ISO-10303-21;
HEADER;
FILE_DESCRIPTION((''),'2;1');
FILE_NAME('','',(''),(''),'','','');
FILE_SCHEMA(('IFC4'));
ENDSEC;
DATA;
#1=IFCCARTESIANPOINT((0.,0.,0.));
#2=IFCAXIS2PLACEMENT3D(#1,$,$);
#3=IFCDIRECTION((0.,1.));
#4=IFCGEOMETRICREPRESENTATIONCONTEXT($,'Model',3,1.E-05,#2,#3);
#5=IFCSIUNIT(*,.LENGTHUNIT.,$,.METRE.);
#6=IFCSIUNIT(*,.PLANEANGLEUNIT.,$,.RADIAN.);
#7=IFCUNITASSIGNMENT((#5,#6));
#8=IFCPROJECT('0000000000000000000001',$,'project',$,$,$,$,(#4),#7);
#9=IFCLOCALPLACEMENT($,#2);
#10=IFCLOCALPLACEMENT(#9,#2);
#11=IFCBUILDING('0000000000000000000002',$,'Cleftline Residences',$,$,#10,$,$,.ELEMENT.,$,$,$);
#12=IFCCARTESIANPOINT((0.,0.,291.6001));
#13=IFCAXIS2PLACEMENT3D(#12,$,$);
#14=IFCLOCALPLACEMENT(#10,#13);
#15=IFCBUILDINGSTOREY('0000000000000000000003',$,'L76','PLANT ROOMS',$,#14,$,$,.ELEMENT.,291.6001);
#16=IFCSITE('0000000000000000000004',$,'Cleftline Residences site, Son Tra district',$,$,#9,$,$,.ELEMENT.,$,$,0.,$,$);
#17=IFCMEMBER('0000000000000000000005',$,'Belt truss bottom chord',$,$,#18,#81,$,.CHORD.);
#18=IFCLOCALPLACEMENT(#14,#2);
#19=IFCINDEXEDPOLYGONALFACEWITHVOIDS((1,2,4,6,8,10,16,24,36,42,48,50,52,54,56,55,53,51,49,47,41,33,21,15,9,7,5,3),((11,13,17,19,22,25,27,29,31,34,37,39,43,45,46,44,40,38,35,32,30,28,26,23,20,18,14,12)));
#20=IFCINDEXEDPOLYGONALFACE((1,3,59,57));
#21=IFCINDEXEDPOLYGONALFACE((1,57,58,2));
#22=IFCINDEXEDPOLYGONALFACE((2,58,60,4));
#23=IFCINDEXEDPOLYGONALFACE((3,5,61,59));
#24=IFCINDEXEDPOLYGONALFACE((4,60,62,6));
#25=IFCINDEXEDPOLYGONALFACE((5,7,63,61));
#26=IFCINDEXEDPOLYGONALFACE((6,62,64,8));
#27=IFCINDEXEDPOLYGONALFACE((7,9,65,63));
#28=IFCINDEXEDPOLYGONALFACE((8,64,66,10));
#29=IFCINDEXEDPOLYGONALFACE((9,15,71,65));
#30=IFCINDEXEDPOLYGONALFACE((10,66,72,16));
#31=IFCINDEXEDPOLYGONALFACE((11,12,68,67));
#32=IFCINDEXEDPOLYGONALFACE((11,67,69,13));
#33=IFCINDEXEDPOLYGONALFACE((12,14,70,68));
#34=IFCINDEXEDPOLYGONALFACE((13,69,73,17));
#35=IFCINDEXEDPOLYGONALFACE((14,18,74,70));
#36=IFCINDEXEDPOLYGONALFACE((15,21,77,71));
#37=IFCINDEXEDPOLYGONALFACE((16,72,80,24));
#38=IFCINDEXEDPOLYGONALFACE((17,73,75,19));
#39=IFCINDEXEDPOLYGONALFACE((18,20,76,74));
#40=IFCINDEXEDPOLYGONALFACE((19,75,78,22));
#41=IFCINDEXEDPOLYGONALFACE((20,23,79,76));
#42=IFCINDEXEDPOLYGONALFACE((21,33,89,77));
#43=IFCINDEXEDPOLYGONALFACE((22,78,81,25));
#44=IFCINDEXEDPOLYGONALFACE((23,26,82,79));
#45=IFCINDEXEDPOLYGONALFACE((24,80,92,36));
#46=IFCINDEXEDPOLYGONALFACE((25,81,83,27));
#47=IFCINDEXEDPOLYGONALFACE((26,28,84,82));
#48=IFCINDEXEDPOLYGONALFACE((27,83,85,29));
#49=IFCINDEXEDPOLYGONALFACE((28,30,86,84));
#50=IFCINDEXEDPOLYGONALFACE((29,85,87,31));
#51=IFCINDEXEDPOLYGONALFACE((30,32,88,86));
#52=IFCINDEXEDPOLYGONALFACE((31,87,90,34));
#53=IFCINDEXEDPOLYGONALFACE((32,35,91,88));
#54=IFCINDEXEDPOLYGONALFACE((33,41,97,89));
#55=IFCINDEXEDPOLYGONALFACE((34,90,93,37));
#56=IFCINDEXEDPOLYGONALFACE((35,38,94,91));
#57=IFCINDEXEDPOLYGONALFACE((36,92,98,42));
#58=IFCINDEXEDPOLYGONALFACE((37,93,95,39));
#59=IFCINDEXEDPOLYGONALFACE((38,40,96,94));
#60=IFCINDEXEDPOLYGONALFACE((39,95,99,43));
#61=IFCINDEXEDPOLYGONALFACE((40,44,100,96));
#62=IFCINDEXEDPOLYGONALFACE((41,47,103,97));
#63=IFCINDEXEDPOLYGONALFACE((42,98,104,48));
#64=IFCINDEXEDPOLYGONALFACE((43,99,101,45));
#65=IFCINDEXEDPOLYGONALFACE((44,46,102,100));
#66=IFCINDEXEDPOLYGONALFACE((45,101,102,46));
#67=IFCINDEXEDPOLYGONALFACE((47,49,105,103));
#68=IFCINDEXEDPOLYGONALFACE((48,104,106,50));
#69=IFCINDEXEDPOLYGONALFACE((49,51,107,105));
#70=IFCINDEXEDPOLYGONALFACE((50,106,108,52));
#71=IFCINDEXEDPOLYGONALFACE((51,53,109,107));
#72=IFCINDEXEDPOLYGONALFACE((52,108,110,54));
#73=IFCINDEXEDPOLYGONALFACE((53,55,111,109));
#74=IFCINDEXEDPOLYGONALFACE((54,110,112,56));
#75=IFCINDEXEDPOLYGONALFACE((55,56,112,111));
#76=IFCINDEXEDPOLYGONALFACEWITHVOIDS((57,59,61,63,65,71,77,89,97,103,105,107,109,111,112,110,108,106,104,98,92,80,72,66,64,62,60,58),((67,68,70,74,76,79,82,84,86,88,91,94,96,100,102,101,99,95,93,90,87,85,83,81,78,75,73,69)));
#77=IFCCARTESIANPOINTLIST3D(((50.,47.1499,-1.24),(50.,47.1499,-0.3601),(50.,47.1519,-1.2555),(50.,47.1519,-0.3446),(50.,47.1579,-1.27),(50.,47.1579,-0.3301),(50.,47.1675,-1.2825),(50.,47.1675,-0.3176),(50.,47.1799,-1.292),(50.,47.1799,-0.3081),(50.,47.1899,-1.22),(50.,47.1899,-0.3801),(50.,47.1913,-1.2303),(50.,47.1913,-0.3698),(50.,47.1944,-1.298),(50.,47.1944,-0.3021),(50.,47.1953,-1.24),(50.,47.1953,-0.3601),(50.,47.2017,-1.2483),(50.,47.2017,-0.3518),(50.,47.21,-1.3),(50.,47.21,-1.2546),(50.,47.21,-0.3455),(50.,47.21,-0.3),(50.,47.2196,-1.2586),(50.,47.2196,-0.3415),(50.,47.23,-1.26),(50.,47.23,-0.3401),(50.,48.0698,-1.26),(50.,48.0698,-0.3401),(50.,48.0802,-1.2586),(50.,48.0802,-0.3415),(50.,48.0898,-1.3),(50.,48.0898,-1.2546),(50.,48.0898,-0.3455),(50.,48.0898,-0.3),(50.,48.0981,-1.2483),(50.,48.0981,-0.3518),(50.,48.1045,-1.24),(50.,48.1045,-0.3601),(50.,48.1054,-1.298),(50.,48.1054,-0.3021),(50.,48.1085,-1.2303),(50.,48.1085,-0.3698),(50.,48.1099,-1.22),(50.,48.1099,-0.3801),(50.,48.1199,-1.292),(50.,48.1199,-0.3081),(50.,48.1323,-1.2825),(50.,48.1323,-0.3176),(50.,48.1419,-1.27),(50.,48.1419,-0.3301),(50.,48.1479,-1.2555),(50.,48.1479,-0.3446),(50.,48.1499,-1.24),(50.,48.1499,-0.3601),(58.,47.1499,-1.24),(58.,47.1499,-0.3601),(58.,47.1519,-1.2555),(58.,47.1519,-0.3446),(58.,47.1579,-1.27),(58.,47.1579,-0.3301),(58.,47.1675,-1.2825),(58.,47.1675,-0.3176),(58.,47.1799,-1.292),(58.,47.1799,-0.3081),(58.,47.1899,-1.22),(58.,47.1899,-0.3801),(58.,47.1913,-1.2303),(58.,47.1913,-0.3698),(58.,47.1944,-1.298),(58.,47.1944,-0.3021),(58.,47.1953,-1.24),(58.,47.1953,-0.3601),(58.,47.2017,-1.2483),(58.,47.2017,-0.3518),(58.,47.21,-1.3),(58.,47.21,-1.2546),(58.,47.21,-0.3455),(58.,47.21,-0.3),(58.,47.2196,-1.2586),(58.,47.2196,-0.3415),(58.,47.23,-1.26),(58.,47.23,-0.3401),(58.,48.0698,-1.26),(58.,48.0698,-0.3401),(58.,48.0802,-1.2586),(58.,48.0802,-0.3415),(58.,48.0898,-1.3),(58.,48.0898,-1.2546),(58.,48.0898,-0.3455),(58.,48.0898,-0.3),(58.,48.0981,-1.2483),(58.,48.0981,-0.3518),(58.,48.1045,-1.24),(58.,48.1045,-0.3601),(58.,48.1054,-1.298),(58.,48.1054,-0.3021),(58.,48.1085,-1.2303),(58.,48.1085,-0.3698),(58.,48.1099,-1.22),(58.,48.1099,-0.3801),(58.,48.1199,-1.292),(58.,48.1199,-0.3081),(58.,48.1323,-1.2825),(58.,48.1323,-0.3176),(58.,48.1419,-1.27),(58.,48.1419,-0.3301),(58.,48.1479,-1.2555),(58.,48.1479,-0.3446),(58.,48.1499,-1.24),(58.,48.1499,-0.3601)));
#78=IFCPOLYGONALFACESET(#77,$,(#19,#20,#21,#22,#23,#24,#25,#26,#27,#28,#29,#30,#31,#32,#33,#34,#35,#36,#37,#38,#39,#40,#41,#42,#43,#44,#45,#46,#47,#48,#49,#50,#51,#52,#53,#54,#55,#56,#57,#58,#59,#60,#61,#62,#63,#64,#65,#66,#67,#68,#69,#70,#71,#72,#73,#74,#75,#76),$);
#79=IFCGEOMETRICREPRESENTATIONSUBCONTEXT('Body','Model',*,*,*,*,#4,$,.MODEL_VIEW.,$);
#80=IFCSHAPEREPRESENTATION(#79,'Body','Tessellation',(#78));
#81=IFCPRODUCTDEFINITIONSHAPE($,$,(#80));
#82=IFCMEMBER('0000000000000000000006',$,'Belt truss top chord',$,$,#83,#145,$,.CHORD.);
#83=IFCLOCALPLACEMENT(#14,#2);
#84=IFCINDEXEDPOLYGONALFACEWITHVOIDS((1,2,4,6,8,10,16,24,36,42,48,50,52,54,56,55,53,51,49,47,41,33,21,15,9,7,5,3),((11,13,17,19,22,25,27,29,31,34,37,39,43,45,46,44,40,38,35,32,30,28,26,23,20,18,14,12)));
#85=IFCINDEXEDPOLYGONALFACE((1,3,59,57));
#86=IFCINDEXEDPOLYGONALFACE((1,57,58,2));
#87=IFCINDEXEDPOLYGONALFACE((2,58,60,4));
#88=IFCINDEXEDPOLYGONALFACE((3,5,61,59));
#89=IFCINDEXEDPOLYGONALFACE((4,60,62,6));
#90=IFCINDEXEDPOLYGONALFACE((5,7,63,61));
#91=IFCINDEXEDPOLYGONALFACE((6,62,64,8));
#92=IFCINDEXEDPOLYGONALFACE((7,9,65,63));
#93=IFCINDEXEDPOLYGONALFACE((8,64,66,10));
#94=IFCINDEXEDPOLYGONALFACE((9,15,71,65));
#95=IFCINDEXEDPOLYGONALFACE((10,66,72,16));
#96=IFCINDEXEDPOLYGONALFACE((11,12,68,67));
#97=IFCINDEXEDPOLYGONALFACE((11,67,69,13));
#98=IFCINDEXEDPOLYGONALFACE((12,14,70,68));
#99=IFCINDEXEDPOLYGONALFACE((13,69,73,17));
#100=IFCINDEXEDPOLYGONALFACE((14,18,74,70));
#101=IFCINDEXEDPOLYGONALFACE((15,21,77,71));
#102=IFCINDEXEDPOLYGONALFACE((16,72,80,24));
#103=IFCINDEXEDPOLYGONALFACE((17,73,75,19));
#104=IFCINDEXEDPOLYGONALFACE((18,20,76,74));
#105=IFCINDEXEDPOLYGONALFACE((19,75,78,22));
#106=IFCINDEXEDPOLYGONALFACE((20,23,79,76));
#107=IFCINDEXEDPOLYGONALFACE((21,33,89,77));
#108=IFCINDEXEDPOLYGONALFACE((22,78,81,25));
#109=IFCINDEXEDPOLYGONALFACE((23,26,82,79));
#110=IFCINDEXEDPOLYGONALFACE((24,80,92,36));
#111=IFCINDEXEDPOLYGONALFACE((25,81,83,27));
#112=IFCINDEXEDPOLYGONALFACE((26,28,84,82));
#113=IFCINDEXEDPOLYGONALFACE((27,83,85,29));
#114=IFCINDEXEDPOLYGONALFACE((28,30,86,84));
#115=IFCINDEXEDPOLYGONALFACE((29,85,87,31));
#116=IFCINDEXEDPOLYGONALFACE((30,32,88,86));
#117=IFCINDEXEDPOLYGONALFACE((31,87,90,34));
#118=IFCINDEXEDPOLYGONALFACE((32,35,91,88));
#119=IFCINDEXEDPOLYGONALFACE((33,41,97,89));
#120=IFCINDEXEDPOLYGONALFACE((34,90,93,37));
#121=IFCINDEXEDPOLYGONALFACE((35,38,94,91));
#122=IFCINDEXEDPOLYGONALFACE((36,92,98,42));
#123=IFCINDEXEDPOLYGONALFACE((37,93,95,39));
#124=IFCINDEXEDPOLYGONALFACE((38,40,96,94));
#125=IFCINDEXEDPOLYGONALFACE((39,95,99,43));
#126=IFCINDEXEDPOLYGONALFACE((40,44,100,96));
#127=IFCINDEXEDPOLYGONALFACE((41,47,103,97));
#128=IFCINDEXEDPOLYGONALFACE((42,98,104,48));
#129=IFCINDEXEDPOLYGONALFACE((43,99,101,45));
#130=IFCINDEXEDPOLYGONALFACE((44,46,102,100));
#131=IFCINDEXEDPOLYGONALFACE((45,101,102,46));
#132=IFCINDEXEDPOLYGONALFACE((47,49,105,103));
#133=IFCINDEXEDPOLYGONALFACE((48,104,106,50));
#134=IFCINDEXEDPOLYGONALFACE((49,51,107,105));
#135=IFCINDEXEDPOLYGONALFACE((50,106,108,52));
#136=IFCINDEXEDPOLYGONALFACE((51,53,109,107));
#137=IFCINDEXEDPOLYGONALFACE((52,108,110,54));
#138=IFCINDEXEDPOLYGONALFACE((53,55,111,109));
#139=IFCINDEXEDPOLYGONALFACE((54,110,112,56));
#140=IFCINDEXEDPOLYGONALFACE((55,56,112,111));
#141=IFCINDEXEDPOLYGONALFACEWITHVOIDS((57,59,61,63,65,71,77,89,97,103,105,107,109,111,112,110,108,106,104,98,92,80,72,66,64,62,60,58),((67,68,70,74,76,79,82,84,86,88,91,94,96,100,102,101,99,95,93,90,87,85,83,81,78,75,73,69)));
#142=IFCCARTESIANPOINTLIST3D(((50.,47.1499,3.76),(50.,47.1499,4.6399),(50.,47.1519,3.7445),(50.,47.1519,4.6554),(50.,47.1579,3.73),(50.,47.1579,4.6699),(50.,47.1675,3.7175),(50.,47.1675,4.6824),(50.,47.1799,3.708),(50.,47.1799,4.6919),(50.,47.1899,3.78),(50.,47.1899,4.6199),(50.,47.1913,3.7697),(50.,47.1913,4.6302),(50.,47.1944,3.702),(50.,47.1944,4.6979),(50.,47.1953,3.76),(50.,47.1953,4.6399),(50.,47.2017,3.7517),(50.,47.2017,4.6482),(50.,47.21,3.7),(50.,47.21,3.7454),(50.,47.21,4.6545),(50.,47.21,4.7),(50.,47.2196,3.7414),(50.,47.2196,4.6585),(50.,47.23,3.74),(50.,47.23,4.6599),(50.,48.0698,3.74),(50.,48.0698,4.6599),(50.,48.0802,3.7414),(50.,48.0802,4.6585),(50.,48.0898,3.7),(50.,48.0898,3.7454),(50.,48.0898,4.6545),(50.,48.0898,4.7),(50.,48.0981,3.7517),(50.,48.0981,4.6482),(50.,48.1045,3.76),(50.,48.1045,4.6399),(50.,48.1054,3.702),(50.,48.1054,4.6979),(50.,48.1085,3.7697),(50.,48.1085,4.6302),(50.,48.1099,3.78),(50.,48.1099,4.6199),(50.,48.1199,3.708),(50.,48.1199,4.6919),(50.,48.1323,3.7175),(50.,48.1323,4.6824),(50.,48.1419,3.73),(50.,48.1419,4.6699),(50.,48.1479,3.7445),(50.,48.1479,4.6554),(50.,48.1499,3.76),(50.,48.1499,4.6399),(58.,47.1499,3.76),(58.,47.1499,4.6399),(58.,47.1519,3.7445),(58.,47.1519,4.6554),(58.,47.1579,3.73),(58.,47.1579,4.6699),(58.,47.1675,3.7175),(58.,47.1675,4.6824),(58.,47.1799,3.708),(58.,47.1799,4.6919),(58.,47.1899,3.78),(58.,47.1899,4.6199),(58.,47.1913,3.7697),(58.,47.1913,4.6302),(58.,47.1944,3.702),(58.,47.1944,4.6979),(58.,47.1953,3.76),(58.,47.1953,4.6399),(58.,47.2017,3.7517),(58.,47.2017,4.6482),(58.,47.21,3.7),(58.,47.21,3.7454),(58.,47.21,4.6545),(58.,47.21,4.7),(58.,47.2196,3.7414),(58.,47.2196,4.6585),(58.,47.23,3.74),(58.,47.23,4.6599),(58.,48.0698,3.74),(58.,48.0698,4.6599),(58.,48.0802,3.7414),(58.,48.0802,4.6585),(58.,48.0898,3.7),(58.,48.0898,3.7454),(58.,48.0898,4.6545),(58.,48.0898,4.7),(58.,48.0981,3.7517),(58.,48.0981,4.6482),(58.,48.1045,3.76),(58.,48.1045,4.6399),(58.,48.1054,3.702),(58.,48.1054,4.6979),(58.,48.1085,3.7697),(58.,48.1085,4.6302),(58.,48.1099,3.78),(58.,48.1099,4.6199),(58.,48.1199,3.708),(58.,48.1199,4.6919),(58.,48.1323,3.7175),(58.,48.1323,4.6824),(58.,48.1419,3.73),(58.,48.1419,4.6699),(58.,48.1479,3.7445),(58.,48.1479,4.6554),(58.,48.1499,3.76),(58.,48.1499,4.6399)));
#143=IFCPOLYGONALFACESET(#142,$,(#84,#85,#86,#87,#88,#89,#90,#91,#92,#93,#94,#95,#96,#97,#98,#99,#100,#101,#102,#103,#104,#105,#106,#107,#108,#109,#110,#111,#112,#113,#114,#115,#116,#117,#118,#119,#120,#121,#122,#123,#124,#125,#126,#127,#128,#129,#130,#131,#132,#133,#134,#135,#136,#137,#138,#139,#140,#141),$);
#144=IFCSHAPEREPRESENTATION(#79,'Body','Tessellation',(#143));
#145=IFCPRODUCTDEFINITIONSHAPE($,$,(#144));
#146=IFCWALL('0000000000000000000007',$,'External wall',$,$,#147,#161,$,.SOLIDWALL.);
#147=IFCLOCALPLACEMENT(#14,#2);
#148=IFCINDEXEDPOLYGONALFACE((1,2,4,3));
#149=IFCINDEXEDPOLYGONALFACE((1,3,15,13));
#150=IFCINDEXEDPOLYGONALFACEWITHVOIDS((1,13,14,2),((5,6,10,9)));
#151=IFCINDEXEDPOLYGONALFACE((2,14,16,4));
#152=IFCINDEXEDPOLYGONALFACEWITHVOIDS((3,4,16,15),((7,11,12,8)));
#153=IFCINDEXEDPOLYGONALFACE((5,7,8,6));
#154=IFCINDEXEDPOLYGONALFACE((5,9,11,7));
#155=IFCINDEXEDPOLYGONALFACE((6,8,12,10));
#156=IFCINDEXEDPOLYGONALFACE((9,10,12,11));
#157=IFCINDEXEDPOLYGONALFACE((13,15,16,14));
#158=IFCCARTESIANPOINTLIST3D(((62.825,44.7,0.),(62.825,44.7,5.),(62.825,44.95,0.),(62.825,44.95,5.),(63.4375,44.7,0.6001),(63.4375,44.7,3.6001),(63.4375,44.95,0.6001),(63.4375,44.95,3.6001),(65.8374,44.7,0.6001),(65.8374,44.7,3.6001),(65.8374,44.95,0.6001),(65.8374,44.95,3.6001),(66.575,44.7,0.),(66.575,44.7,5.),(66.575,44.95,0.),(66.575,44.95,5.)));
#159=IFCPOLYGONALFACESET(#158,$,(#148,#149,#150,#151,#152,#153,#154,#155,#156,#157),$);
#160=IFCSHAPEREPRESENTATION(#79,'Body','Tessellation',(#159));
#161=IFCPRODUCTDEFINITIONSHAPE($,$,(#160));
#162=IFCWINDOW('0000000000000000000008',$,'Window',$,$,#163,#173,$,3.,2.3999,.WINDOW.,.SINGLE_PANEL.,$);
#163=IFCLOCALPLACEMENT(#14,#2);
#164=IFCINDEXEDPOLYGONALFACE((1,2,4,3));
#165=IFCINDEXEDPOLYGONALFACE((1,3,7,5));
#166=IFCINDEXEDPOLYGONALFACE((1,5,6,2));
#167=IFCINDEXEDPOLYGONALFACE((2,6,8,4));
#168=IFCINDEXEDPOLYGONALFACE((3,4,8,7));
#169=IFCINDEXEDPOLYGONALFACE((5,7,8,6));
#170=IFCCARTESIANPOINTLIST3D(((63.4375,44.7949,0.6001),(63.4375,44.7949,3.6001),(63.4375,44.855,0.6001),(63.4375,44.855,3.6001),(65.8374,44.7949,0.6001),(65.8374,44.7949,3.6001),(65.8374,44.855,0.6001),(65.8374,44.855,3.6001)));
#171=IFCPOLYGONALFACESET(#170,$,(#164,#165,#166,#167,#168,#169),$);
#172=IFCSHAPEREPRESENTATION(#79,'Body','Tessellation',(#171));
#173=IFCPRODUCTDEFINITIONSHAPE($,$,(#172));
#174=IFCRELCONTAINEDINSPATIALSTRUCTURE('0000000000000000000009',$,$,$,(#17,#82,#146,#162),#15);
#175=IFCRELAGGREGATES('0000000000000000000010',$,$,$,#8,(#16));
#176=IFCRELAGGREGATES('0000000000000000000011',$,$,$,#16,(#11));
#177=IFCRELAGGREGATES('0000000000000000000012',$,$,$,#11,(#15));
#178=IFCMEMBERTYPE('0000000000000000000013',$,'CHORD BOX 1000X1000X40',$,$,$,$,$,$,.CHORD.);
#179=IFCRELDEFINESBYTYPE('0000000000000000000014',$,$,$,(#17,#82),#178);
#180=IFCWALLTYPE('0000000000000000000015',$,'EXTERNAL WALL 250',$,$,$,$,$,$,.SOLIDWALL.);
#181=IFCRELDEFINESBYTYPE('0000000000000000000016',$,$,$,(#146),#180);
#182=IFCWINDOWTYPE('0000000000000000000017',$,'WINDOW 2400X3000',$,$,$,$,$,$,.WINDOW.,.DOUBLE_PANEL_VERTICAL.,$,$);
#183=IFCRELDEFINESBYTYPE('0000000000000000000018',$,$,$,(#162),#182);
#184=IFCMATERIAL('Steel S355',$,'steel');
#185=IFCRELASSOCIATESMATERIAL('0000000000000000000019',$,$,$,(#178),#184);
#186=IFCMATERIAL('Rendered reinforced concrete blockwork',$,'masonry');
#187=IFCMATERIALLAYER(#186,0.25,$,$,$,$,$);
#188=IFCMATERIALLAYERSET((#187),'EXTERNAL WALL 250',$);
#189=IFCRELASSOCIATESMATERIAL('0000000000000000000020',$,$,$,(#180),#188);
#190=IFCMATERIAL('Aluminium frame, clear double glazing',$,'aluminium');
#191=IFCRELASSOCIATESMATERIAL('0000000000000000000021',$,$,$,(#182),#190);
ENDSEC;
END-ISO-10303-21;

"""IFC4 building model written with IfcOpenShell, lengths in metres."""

from ifc_helpers import new_model, si_unit, direction, frame, frame_2d, origin, origin_2d, place, context, subcontext, project, spatial, rectangle, hollow_rectangle, extrude, material, layer, layer_set, material_profile, profile_set, type_object, element, fill, save


model = new_model("IFC4")

# Units and contexts
model_context = context("Model", 3, precision=1e-05, world=origin(), true_north=direction((0.0, 1.0)))
body_context = subcontext(model_context, "Body", "Model", "MODEL_VIEW")
ifc_project = project(units=[si_unit("LENGTHUNIT", "METRE"), si_unit("PLANEANGLEUNIT", "RADIAN")], contexts=[model_context])

# Site, building, storey
site_placement = place(None, origin())
site = spatial("IfcSite", under=ifc_project, at=site_placement, Name="Cleftline Residences site, Son Tra district", CompositionType="ELEMENT", RefElevation=0.0)
building_placement = place(site_placement, origin())
building = spatial("IfcBuilding", under=site, at=building_placement, Name="Cleftline Residences", CompositionType="ELEMENT")
storey_placement = place(building_placement, frame((0.0, 0.0, 291.6001)))
storey = spatial("IfcBuildingStorey", under=building, at=storey_placement, Name="L76", Description="PLANT ROOMS", CompositionType="ELEMENT", Elevation=291.6001)

# Members
ifc_material_1 = material(Name="Steel S355", Category="steel")
ifc_material_profile_1 = material_profile(ifc_material_1, hollow_rectangle(XDim=1.0, YDim=1.0, WallThickness=0.04, InnerFilletRadius=0.04, OuterFilletRadius=0.0601, at=origin_2d()))
ifc_profile_set_1 = profile_set([ifc_material_profile_1], Name="Steel S355")
member_type_1 = type_object("IfcMemberType", Name="CHORD BOX 1000X1000X40", PredefinedType="CHORD", material=ifc_profile_set_1)
for number, where, z_axis, x_axis, name in (
    (1, (50.0, 47.6499, -0.8), (1.0, 0.0, 0.0), (0.0, 1.0, 0.0), "Belt truss bottom chord"),
    (2, (50.0, 47.6499, 4.2), (1.0, 0.0, 0.0), (0.0, 1.0, 0.0), "Belt truss top chord"),
):
    element("IfcMember", number, at=place(storey_placement, frame(where, z_axis=z_axis, x_axis=x_axis)), inside=storey, type_object=member_type_1, Name=name, PredefinedType="CHORD", context=body_context, shape_type="SweptSolid", body=[
        extrude(hollow_rectangle(XDim=1.0, YDim=1.0, WallThickness=0.04, InnerFilletRadius=0.04, OuterFilletRadius=0.0601, at=origin_2d()), origin(), (0.0, 0.0, 1.0), 8.0),
    ])

# Wall, opening, window
ifc_material_2 = material(Name="Rendered reinforced concrete blockwork", Category="masonry")
ifc_layer = layer(ifc_material_2, 0.25)
ifc_layer_set = layer_set([ifc_layer], Name="EXTERNAL WALL 250")
wall_type = type_object("IfcWallType", Name="EXTERNAL WALL 250", PredefinedType="SOLIDWALL", material=ifc_layer_set)
wall_1_placement = place(storey_placement, frame((66.575, 44.825, 0.0), z_axis=(0.0, 0.0, 1.0), x_axis=(-1.0, 0.0, 0.0)))
wall_1 = element("IfcWall", 3, at=wall_1_placement, inside=storey, type_object=wall_type, Name="External wall", PredefinedType="SOLIDWALL", context=body_context, shape_type="SweptSolid", body=[
    extrude(rectangle(XDim=3.75, YDim=0.25, at=frame_2d((1.875, 0.0))), origin(), (0.0, 0.0, 1.0), 5.0),
])
opening_1_placement = place(wall_1_placement, frame((0.7375, 0.0, 0.6001)))
opening_1 = element("IfcOpeningElement", 4, at=opening_1_placement, cuts=wall_1, PredefinedType="OPENING", context=body_context, shape_type="SweptSolid", body=[
    extrude(rectangle(XDim=2.3999, YDim=3.0, at=frame_2d((1.2, 1.5))), frame((0.0, 0.135, 0.0), z_axis=(0.0, -1.0, 0.0), x_axis=(1.0, 0.0, 0.0)), (0.0, 0.0, 1.0), 0.27),
])
ifc_material_3 = material(Name="Aluminium frame, clear double glazing", Category="aluminium")
window_type = type_object("IfcWindowType", Name="WINDOW 2400X3000", PartitioningType="DOUBLE_PANEL_VERTICAL", PredefinedType="WINDOW", material=ifc_material_3)
window_1_placement = place(opening_1_placement, origin())
window_1 = element("IfcWindow", 5, at=window_1_placement, inside=storey, type_object=window_type, Name="Window", OverallHeight=3.0, OverallWidth=2.3999, PartitioningType="SINGLE_PANEL", PredefinedType="WINDOW", context=body_context, shape_type="SweptSolid", body=[
    extrude(rectangle(XDim=2.3999, YDim=3.0, at=frame_2d((1.2, 1.5))), frame((0.0, 0.03, 0.0), z_axis=(0.0, -1.0, 0.0), x_axis=(1.0, 0.0, 0.0)), (0.0, 0.0, 1.0), 0.0601),
])
fill(opening_1, window_1)

save(model, "model.ifc")
